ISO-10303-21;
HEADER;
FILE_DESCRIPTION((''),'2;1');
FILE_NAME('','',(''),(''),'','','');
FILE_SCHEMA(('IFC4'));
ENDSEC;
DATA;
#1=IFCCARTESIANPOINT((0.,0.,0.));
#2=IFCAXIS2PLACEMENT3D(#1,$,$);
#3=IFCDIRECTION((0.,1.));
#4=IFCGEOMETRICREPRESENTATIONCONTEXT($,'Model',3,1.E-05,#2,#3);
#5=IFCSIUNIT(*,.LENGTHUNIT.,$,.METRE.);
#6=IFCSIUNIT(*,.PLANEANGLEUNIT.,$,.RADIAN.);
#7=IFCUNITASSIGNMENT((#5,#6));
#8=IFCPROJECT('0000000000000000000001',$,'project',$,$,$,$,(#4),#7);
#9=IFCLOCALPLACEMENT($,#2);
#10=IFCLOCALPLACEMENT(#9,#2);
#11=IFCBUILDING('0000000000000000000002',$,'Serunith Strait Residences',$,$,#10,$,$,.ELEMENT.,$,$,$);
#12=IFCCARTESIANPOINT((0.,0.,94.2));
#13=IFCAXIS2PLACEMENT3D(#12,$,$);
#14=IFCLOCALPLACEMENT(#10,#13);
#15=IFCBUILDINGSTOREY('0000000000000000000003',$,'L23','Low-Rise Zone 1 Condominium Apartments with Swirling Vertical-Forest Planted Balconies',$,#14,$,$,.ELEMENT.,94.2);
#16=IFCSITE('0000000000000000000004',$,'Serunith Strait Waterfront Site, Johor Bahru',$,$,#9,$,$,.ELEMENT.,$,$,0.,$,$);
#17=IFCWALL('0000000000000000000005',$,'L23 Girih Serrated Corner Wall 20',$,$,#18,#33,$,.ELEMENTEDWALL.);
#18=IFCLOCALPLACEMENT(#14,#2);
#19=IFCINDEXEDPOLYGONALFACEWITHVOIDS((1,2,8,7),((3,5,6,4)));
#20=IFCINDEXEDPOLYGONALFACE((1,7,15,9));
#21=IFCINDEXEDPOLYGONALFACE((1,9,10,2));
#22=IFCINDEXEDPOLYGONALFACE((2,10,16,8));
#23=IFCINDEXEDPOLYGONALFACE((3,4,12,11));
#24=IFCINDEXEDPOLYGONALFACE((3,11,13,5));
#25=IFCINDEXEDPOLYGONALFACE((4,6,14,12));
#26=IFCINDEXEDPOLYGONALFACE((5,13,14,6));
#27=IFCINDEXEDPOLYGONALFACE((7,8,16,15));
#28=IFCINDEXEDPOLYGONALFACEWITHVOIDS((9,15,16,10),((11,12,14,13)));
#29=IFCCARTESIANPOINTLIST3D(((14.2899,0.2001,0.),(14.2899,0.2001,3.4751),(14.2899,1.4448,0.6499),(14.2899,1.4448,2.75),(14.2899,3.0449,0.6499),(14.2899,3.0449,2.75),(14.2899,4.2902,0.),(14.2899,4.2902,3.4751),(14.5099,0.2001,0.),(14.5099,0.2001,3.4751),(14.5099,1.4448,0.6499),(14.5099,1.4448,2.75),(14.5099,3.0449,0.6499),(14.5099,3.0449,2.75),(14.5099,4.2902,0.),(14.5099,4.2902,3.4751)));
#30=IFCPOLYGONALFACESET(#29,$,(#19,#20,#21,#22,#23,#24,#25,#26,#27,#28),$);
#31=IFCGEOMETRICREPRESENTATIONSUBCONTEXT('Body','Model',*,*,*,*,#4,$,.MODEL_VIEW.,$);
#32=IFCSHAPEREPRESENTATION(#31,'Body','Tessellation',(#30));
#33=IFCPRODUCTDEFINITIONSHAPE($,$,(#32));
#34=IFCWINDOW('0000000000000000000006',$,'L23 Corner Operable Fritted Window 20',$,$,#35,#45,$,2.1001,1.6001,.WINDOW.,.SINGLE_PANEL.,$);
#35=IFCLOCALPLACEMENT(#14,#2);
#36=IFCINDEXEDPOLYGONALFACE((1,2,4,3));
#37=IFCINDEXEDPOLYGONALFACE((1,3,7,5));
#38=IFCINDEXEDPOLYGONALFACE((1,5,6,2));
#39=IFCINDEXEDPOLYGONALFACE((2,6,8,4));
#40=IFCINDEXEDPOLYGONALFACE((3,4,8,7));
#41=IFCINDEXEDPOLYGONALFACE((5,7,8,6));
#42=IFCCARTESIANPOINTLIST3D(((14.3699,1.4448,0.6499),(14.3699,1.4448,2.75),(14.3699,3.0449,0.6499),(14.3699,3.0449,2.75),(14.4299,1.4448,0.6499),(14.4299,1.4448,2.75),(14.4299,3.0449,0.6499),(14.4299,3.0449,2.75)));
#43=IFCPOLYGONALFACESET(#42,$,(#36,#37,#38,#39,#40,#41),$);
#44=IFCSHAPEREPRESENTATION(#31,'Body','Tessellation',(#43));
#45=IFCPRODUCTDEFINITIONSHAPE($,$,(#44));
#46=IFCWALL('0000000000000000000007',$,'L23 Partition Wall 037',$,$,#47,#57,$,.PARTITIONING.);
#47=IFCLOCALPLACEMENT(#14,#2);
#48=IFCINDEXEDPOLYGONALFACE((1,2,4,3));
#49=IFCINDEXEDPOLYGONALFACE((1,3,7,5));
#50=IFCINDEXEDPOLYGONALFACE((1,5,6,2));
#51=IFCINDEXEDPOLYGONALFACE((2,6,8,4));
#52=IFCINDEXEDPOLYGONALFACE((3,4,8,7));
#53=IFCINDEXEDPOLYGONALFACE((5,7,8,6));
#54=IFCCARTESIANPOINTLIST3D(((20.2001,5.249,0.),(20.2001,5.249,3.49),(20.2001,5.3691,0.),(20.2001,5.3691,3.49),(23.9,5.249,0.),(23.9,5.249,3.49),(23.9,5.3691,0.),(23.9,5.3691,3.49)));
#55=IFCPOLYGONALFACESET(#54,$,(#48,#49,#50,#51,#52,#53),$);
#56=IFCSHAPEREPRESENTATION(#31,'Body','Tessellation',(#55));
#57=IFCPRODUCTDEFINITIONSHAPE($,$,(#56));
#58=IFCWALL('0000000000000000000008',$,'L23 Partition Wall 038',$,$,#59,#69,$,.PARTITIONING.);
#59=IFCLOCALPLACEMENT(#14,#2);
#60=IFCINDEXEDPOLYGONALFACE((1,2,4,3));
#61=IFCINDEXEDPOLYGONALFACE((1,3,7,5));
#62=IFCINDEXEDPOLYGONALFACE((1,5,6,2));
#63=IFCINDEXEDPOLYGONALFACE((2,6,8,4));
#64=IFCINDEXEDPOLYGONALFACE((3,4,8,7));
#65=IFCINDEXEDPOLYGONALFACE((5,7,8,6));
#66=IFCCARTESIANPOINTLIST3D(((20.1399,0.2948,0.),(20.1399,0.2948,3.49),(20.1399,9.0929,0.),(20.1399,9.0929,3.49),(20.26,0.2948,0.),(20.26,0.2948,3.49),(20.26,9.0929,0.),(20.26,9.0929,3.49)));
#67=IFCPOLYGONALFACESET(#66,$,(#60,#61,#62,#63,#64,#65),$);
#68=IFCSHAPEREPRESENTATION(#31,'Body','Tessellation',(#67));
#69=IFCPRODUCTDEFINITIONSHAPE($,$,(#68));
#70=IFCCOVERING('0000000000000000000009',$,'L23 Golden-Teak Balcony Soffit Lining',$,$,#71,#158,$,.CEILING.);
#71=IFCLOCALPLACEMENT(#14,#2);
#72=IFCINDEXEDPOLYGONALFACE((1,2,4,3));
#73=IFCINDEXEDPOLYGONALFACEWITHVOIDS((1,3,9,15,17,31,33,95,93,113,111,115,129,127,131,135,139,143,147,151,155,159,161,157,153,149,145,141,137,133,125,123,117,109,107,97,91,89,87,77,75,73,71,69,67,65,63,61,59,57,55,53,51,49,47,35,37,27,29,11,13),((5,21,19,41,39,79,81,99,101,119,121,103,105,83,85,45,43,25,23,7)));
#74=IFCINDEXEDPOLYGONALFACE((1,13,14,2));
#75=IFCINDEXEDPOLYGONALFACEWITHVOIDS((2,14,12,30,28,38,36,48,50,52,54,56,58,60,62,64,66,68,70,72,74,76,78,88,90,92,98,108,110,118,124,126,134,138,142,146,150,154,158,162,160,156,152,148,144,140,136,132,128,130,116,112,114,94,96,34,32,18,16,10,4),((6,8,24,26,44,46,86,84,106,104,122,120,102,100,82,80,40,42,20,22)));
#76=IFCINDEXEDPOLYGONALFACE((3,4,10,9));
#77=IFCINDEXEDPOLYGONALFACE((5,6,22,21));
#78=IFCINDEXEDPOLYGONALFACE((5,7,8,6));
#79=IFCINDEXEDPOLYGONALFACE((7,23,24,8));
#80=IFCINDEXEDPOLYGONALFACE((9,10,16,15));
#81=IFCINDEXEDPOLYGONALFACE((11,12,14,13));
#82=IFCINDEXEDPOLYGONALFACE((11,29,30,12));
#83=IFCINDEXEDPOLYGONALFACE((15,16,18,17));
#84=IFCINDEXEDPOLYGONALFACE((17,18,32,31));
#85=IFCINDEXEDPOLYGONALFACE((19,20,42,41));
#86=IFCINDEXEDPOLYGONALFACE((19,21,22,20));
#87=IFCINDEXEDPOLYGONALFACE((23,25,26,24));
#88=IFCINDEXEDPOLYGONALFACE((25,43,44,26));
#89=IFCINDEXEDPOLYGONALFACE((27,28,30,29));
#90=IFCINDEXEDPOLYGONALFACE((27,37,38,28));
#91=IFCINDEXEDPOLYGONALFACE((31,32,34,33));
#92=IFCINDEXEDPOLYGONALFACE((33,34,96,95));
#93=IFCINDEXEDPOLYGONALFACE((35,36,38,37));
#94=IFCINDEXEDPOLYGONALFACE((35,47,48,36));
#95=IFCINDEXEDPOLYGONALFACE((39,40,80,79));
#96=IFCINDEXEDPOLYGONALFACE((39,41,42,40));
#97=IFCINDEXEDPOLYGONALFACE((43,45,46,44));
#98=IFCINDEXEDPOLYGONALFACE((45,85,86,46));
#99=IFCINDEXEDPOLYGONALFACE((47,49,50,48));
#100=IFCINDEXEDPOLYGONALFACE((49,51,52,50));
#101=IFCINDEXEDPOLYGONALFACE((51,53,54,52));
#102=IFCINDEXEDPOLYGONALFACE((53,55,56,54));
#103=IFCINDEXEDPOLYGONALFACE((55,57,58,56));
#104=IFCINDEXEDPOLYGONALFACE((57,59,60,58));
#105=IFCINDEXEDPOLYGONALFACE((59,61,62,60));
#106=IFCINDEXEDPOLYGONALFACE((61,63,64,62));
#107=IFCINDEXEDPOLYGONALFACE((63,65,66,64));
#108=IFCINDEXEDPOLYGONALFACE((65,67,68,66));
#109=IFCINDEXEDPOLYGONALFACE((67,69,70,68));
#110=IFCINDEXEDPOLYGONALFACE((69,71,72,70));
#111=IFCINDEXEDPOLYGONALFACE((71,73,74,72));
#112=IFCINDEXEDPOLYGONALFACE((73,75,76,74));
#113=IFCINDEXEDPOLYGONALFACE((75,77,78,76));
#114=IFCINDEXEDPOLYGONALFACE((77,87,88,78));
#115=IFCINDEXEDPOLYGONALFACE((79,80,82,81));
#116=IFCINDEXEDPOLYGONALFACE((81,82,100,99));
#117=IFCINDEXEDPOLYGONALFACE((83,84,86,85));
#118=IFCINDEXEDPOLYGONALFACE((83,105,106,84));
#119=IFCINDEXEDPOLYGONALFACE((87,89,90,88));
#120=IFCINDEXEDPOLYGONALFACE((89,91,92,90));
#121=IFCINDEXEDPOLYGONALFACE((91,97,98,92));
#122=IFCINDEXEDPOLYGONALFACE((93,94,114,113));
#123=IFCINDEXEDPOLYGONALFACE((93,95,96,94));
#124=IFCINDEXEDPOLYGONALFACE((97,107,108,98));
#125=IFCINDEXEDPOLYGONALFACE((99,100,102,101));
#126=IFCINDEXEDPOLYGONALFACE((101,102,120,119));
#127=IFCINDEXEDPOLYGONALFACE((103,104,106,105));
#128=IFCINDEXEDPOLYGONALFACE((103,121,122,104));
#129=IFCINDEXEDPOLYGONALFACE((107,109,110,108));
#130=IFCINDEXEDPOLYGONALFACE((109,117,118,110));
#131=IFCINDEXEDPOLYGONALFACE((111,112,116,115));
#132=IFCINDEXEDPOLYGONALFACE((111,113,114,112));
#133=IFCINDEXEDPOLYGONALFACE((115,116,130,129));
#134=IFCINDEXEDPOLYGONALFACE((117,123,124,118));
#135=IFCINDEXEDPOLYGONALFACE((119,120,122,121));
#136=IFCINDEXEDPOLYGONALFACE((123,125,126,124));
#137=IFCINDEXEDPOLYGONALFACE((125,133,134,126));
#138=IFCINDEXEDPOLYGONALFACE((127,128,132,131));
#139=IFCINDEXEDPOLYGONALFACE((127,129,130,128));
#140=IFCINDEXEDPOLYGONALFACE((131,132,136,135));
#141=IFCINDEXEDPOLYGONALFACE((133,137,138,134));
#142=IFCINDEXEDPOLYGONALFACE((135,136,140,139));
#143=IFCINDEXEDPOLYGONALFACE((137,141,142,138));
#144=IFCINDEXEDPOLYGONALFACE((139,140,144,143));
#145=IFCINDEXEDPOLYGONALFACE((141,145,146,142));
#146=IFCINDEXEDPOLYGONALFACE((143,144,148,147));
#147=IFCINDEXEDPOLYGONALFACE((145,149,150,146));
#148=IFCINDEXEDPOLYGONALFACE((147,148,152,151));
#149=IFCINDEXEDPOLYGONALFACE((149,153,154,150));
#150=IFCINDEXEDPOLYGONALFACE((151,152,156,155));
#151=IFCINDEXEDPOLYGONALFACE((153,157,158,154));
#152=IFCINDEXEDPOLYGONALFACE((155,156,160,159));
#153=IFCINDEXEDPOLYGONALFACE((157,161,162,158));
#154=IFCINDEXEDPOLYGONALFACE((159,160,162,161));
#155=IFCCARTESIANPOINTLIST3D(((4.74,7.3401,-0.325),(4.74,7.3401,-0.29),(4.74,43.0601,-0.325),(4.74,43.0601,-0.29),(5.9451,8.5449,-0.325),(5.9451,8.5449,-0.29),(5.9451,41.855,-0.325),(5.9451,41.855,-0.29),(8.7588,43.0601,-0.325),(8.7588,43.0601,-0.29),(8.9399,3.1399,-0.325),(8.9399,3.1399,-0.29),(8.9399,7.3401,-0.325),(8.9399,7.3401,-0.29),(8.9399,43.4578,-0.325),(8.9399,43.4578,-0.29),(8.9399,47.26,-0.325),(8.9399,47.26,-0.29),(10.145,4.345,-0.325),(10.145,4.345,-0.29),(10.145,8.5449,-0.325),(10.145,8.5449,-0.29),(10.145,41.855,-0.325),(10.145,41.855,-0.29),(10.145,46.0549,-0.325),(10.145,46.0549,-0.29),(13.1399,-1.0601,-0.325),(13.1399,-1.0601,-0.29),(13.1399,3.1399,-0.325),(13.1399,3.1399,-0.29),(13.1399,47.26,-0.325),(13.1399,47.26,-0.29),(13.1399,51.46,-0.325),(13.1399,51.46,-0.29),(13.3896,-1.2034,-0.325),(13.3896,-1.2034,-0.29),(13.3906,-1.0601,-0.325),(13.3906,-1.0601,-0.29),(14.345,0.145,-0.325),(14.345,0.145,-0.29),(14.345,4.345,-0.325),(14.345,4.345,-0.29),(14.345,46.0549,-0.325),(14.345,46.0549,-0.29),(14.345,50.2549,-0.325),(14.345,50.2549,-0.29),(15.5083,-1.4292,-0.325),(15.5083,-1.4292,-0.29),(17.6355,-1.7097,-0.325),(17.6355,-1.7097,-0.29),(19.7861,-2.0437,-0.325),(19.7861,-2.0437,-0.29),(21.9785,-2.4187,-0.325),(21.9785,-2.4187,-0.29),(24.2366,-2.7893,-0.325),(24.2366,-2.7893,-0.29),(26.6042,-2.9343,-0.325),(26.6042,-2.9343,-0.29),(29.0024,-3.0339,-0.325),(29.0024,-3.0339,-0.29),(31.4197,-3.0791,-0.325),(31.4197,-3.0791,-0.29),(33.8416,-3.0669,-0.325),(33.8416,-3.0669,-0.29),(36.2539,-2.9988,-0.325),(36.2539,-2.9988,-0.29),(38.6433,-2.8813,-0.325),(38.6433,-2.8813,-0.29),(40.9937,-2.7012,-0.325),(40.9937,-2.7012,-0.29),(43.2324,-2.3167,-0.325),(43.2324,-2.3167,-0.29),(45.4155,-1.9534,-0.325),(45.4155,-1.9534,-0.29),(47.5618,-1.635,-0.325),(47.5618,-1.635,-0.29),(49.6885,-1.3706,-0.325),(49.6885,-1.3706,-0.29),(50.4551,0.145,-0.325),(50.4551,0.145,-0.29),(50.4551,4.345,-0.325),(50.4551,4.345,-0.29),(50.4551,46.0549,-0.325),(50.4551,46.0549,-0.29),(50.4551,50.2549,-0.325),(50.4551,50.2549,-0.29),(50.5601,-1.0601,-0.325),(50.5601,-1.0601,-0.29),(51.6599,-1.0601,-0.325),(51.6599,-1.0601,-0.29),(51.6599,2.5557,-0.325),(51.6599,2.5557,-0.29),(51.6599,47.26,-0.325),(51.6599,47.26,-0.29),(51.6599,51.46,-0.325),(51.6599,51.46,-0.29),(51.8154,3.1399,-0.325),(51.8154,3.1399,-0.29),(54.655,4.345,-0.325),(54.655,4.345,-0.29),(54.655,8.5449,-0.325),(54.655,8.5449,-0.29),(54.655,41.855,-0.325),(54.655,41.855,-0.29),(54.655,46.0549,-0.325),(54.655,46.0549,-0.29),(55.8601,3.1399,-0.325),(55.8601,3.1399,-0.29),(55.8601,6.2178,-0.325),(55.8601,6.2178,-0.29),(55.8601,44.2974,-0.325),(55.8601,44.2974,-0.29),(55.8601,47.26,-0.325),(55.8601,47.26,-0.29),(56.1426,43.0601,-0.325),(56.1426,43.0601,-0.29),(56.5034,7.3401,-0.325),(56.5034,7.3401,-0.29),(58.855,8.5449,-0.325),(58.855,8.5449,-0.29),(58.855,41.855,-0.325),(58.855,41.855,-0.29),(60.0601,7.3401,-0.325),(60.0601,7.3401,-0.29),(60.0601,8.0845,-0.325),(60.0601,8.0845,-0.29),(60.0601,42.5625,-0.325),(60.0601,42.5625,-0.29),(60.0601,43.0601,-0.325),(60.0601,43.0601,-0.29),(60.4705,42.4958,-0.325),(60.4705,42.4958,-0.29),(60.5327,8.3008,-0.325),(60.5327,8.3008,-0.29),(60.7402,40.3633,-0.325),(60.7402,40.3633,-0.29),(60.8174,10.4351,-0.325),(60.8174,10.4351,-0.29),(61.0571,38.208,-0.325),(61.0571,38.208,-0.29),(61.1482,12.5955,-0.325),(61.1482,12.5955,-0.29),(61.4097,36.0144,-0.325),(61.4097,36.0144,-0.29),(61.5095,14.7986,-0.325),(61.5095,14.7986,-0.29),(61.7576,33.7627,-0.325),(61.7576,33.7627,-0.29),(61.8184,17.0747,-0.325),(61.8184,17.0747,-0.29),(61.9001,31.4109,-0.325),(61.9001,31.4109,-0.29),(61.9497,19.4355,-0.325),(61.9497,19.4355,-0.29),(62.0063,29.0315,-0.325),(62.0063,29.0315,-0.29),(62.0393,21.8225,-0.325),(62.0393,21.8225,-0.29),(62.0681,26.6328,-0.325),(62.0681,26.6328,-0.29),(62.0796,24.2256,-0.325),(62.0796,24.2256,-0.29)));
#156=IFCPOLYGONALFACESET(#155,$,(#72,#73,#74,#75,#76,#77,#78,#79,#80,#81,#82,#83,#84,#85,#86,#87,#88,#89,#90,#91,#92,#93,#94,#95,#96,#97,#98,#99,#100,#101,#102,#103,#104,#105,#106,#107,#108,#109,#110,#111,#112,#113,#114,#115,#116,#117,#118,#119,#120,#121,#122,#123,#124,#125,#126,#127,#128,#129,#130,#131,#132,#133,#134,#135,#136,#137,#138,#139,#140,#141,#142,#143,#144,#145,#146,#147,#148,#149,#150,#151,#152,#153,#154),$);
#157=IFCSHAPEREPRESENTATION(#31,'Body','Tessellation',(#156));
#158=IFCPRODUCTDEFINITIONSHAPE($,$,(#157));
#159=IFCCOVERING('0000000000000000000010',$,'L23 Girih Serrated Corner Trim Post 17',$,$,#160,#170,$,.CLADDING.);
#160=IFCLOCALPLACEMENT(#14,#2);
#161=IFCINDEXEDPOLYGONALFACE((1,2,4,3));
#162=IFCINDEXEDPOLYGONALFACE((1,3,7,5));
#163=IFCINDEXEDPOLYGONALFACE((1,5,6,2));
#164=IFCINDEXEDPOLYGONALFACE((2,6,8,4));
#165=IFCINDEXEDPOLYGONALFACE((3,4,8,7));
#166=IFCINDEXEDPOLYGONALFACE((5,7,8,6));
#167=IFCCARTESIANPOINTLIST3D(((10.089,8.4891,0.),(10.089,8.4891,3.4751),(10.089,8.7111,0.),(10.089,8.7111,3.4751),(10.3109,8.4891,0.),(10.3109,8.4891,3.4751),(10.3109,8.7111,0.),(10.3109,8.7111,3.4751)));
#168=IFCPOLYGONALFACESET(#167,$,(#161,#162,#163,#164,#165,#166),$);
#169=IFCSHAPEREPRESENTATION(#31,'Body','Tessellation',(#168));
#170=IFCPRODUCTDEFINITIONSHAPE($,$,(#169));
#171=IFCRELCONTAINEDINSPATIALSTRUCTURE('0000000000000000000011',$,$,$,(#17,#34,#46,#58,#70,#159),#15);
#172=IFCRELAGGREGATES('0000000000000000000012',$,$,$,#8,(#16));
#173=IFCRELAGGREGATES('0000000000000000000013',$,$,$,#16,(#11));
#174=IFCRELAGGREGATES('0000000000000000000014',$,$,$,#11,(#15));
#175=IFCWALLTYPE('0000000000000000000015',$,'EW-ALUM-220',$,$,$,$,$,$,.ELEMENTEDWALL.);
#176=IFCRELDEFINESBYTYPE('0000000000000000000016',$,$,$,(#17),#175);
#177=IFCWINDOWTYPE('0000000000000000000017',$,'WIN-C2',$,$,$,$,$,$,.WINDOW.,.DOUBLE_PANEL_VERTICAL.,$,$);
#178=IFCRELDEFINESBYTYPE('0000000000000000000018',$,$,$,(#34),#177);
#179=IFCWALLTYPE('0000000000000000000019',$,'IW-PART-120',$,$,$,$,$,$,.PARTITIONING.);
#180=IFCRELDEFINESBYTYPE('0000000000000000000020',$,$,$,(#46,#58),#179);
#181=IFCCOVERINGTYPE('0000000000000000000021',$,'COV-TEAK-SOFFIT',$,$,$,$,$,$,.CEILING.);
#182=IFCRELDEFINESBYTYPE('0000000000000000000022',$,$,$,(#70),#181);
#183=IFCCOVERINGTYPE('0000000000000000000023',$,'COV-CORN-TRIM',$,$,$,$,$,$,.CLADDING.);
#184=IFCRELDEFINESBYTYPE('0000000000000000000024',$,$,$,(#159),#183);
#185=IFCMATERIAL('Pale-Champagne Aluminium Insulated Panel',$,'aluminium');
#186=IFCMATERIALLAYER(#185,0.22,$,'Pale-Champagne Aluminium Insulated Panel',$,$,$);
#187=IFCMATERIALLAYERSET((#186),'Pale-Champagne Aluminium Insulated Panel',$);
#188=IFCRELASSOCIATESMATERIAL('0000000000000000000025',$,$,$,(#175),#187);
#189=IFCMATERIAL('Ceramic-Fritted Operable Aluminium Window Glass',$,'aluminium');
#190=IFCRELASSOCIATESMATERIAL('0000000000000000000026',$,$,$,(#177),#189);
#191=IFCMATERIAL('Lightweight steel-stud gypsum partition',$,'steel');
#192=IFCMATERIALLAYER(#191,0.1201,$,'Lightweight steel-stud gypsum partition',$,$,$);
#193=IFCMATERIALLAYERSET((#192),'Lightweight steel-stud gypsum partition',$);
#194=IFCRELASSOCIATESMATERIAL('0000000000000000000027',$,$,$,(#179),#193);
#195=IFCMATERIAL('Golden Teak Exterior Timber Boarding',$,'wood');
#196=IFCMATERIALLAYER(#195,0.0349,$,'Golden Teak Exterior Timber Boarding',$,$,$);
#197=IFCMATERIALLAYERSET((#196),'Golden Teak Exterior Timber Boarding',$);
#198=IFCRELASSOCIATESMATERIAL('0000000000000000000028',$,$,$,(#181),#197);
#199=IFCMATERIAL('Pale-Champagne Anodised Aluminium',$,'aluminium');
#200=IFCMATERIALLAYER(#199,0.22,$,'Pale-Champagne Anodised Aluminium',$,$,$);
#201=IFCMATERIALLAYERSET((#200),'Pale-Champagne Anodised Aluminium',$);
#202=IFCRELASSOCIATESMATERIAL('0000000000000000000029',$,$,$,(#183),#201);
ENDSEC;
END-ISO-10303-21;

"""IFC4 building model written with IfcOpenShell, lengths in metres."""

from ifc_helpers import new_model, si_unit, direction, frame, frame_2d, origin, origin_2d, place, context, subcontext, project, spatial, polyline, rectangle, outline, extrude, source, transform, mapped, material, layer, layer_set, type_object, element, fill, save


model = new_model("IFC4")

# Units and contexts
model_context = context("Model", 3, precision=1e-05, world=origin(), true_north=direction((0.0, 1.0)))
body_context = subcontext(model_context, "Body", "Model", "MODEL_VIEW")
ifc_project = project(units=[si_unit("LENGTHUNIT", "METRE"), si_unit("PLANEANGLEUNIT", "RADIAN")], contexts=[model_context])

# Site, building, storey
site_placement = place(None, origin())
site = spatial("IfcSite", under=ifc_project, at=site_placement, Name="Serunith Strait Waterfront Site, Johor Bahru", CompositionType="ELEMENT", RefElevation=0.0)
building_placement = place(site_placement, origin())
building = spatial("IfcBuilding", under=site, at=building_placement, Name="Serunith Strait Residences", CompositionType="ELEMENT")
storey_placement = place(building_placement, frame((0.0, 0.0, 94.2)))
storey = spatial("IfcBuildingStorey", under=building, at=storey_placement, Name="L23", Description="Low-Rise Zone 1 Condominium Apartments with Swirling Vertical-Forest Planted Balconies", CompositionType="ELEMENT", Elevation=94.2)

# Shared definitions
ifc_material_1 = material(Name="Pale-Champagne Anodised Aluminium", Category="aluminium")

# Wall, opening, window
ifc_material_2 = material(Name="Pale-Champagne Aluminium Insulated Panel", Category="aluminium")
ifc_layer_1 = layer(ifc_material_2, 0.22, Name="Pale-Champagne Aluminium Insulated Panel")
ifc_layer_set_1 = layer_set([ifc_layer_1], Name="Pale-Champagne Aluminium Insulated Panel")
wall_type_1 = type_object("IfcWallType", Name="EW-ALUM-220", PredefinedType="ELEMENTEDWALL", material=ifc_layer_set_1)
ifc_material_3 = material(Name="Ceramic-Fritted Operable Aluminium Window Glass", Category="aluminium")
window_type = type_object("IfcWindowType", Name="WIN-C2", PartitioningType="DOUBLE_PANEL_VERTICAL", PredefinedType="WINDOW", material=ifc_material_3)
shared_shape_1 = source(origin(), body_context, "Body", "SweptSolid", [
    extrude(rectangle(XDim=1.6001, YDim=2.1001, at=frame_2d((0.8, 1.05))), frame((0.0, 0.03, 0.0), z_axis=(0.0, -1.0, 0.0), x_axis=(1.0, 0.0, 0.0)), (0.0, 0.0, 1.0), 0.0601),
])
wall_1_placement = place(storey_placement, frame((14.3999, 4.29, 0.0), z_axis=(0.0, 0.0, 1.0), x_axis=(0.0, -1.0, 0.0)))
wall_1 = element("IfcWall", 1, at=wall_1_placement, inside=storey, type_object=wall_type_1, Name="L23 Girih Serrated Corner Wall 20", PredefinedType="ELEMENTEDWALL", context=body_context, shape_type="SweptSolid", body=[
    extrude(rectangle(XDim=4.0901, YDim=0.22, at=frame_2d((2.0449, 0.0))), origin(), (0.0, 0.0, 1.0), 3.4751),
])
opening_1_placement = place(wall_1_placement, frame((1.2451, 0.0, 0.6499)))
opening_1 = element("IfcOpeningElement", 2, at=opening_1_placement, cuts=wall_1, PredefinedType="OPENING", context=body_context, shape_type="SweptSolid", body=[
    extrude(rectangle(XDim=1.6001, YDim=2.1001, at=frame_2d((0.8, 1.05))), frame((0.0, 0.1201, 0.0), z_axis=(0.0, -1.0, 0.0), x_axis=(1.0, 0.0, 0.0)), (0.0, 0.0, 1.0), 0.24),
])
window_1_placement = place(opening_1_placement, origin())
window_1 = element("IfcWindow", 3, at=window_1_placement, inside=storey, type_object=window_type, Name="L23 Corner Operable Fritted Window 20", OverallHeight=2.1001, OverallWidth=1.6001, PartitioningType="SINGLE_PANEL", PredefinedType="WINDOW", context=body_context, shape_type="MappedRepresentation", body=[
    mapped(shared_shape_1, transform((0.0, 0.0, 0.0), scale=1.0)),
])
fill(opening_1, window_1)

# Walls
ifc_material_4 = material(Name="Lightweight steel-stud gypsum partition", Category="steel")
ifc_layer_2 = layer(ifc_material_4, 0.1201, Name="Lightweight steel-stud gypsum partition")
ifc_layer_set_2 = layer_set([ifc_layer_2], Name="Lightweight steel-stud gypsum partition")
wall_type_2 = type_object("IfcWallType", Name="IW-PART-120", PredefinedType="PARTITIONING", material=ifc_layer_set_2)
wall_2_placement = place(storey_placement, frame((20.2, 5.3091, 0.0), z_axis=(0.0, 0.0, 1.0), x_axis=(1.0, 0.0, 0.0)))
element("IfcWall", 4, at=wall_2_placement, inside=storey, type_object=wall_type_2, Name="L23 Partition Wall 037", PredefinedType="PARTITIONING", context=body_context, shape_type="SweptSolid", body=[
    extrude(rectangle(XDim=3.7, YDim=0.1201, at=frame_2d((1.8501, 0.0))), origin(), (0.0, 0.0, 1.0), 3.49),
])
wall_3_placement = place(storey_placement, frame((20.2, 0.2949, 0.0), z_axis=(0.0, 0.0, 1.0), x_axis=(0.0, 1.0, 0.0)))
element("IfcWall", 5, at=wall_3_placement, inside=storey, type_object=wall_type_2, Name="L23 Partition Wall 038", PredefinedType="PARTITIONING", context=body_context, shape_type="SweptSolid", body=[
    extrude(rectangle(XDim=8.7981, YDim=0.1201, at=frame_2d((4.3989, 0.0))), origin(), (0.0, 0.0, 1.0), 3.49),
])

# Covering
ifc_material_5 = material(Name="Golden Teak Exterior Timber Boarding", Category="wood")
ifc_layer_3 = layer(ifc_material_5, 0.0349, Name="Golden Teak Exterior Timber Boarding")
ifc_layer_set_3 = layer_set([ifc_layer_3], Name="Golden Teak Exterior Timber Boarding")
covering_type_1 = type_object("IfcCoveringType", Name="COV-TEAK-SOFFIT", PredefinedType="CEILING", material=ifc_layer_set_3)
covering_placement = place(storey_placement, frame((0.0, 0.0, -0.325)))
element("IfcCovering", 6, at=covering_placement, inside=storey, type_object=covering_type_1, Name="L23 Golden-Teak Balcony Soffit Lining", PredefinedType="CEILING", context=body_context, shape_type="SweptSolid", body=[
    extrude(outline(polyline([(13.1399, 3.1399), (8.9399, 3.1399), (8.9399, 7.3401), (4.74, 7.3401), (4.74, 43.0601), (8.7588, 43.0601), (8.9399, 43.4578), (8.9399, 47.26), (13.1399, 47.26), (13.1399, 51.46), (51.6599, 51.46), (51.6599, 47.26), (55.8601, 47.26), (55.8601, 44.2974), (56.1426, 43.0601), (60.0601, 43.0601), (60.0601, 42.5625), (60.4705, 42.4958), (60.7402, 40.3633), (61.0571, 38.208), (61.4097, 36.0144), (61.7576, 33.7627), (61.9001, 31.4109), (62.0063, 29.0315), (62.0681, 26.6328), (62.0796, 24.2256), (62.0393, 21.8225), (61.9497, 19.4355), (61.8184, 17.0747), (61.5095, 14.7986), (61.1482, 12.5955), (60.8174, 10.4351), (60.5327, 8.3008), (60.0601, 8.0845), (60.0601, 7.3401), (56.5034, 7.3401), (55.8601, 6.2178), (55.8601, 3.1399), (51.8154, 3.1399), (51.6599, 2.5557), (51.6599, -1.0601), (50.5601, -1.0601), (49.6885, -1.3706), (47.5618, -1.635), (45.4155, -1.9534), (43.2324, -2.3167), (40.9937, -2.7012), (38.6433, -2.8813), (36.2539, -2.9988), (33.8416, -3.0669), (31.4197, -3.0791), (29.0024, -3.0339), (26.6042, -2.9343), (24.2366, -2.7893), (21.9785, -2.4187), (19.7861, -2.0437), (17.6355, -1.7097), (15.5083, -1.4292), (13.3896, -1.2034), (13.3906, -1.0601), (13.1399, -1.0601), (13.1399, 3.1399)]), holes=[polyline([(50.4551, 0.145), (50.4551, 4.345), (54.655, 4.345), (54.655, 8.5449), (58.855, 8.5449), (58.855, 41.855), (54.655, 41.855), (54.655, 46.0549), (50.4551, 46.0549), (50.4551, 50.2549), (14.345, 50.2549), (14.345, 46.0549), (10.145, 46.0549), (10.145, 41.855), (5.9451, 41.855), (5.9451, 8.5449), (10.145, 8.5449), (10.145, 4.345), (14.345, 4.345), (14.345, 0.145), (50.4551, 0.145)])]), origin(), (0.0, 0.0, 1.0), 0.0349),
])

# Covering
ifc_layer_4 = layer(ifc_material_1, 0.22, Name="Pale-Champagne Anodised Aluminium")
ifc_layer_set_4 = layer_set([ifc_layer_4], Name="Pale-Champagne Anodised Aluminium")
covering_type_2 = type_object("IfcCoveringType", Name="COV-CORN-TRIM", PredefinedType="CLADDING", material=ifc_layer_set_4)
shared_shape_2 = source(origin(), body_context, "Body", "SweptSolid", [
    extrude(rectangle(XDim=0.2219, YDim=0.2219, at=origin_2d()), origin(), (0.0, 0.0, 1.0), 3.4751),
])
for number, where, z_axis, x_axis, name in (
    (7, (10.2, 8.6001, 0.0), (0.0, 0.0, 1.0), (1.0, 0.0, 0.0), "L23 Girih Serrated Corner Trim Post 17"),
):
    element("IfcCovering", number, at=place(storey_placement, frame(where, z_axis=z_axis, x_axis=x_axis)), inside=storey, type_object=covering_type_2, Name=name, PredefinedType="CLADDING", context=body_context, shape_type="MappedRepresentation", body=[
        mapped(shared_shape_2, transform((0.0, 0.0, 0.0), scale=1.0)),
    ])

save(model, "model.ifc")
